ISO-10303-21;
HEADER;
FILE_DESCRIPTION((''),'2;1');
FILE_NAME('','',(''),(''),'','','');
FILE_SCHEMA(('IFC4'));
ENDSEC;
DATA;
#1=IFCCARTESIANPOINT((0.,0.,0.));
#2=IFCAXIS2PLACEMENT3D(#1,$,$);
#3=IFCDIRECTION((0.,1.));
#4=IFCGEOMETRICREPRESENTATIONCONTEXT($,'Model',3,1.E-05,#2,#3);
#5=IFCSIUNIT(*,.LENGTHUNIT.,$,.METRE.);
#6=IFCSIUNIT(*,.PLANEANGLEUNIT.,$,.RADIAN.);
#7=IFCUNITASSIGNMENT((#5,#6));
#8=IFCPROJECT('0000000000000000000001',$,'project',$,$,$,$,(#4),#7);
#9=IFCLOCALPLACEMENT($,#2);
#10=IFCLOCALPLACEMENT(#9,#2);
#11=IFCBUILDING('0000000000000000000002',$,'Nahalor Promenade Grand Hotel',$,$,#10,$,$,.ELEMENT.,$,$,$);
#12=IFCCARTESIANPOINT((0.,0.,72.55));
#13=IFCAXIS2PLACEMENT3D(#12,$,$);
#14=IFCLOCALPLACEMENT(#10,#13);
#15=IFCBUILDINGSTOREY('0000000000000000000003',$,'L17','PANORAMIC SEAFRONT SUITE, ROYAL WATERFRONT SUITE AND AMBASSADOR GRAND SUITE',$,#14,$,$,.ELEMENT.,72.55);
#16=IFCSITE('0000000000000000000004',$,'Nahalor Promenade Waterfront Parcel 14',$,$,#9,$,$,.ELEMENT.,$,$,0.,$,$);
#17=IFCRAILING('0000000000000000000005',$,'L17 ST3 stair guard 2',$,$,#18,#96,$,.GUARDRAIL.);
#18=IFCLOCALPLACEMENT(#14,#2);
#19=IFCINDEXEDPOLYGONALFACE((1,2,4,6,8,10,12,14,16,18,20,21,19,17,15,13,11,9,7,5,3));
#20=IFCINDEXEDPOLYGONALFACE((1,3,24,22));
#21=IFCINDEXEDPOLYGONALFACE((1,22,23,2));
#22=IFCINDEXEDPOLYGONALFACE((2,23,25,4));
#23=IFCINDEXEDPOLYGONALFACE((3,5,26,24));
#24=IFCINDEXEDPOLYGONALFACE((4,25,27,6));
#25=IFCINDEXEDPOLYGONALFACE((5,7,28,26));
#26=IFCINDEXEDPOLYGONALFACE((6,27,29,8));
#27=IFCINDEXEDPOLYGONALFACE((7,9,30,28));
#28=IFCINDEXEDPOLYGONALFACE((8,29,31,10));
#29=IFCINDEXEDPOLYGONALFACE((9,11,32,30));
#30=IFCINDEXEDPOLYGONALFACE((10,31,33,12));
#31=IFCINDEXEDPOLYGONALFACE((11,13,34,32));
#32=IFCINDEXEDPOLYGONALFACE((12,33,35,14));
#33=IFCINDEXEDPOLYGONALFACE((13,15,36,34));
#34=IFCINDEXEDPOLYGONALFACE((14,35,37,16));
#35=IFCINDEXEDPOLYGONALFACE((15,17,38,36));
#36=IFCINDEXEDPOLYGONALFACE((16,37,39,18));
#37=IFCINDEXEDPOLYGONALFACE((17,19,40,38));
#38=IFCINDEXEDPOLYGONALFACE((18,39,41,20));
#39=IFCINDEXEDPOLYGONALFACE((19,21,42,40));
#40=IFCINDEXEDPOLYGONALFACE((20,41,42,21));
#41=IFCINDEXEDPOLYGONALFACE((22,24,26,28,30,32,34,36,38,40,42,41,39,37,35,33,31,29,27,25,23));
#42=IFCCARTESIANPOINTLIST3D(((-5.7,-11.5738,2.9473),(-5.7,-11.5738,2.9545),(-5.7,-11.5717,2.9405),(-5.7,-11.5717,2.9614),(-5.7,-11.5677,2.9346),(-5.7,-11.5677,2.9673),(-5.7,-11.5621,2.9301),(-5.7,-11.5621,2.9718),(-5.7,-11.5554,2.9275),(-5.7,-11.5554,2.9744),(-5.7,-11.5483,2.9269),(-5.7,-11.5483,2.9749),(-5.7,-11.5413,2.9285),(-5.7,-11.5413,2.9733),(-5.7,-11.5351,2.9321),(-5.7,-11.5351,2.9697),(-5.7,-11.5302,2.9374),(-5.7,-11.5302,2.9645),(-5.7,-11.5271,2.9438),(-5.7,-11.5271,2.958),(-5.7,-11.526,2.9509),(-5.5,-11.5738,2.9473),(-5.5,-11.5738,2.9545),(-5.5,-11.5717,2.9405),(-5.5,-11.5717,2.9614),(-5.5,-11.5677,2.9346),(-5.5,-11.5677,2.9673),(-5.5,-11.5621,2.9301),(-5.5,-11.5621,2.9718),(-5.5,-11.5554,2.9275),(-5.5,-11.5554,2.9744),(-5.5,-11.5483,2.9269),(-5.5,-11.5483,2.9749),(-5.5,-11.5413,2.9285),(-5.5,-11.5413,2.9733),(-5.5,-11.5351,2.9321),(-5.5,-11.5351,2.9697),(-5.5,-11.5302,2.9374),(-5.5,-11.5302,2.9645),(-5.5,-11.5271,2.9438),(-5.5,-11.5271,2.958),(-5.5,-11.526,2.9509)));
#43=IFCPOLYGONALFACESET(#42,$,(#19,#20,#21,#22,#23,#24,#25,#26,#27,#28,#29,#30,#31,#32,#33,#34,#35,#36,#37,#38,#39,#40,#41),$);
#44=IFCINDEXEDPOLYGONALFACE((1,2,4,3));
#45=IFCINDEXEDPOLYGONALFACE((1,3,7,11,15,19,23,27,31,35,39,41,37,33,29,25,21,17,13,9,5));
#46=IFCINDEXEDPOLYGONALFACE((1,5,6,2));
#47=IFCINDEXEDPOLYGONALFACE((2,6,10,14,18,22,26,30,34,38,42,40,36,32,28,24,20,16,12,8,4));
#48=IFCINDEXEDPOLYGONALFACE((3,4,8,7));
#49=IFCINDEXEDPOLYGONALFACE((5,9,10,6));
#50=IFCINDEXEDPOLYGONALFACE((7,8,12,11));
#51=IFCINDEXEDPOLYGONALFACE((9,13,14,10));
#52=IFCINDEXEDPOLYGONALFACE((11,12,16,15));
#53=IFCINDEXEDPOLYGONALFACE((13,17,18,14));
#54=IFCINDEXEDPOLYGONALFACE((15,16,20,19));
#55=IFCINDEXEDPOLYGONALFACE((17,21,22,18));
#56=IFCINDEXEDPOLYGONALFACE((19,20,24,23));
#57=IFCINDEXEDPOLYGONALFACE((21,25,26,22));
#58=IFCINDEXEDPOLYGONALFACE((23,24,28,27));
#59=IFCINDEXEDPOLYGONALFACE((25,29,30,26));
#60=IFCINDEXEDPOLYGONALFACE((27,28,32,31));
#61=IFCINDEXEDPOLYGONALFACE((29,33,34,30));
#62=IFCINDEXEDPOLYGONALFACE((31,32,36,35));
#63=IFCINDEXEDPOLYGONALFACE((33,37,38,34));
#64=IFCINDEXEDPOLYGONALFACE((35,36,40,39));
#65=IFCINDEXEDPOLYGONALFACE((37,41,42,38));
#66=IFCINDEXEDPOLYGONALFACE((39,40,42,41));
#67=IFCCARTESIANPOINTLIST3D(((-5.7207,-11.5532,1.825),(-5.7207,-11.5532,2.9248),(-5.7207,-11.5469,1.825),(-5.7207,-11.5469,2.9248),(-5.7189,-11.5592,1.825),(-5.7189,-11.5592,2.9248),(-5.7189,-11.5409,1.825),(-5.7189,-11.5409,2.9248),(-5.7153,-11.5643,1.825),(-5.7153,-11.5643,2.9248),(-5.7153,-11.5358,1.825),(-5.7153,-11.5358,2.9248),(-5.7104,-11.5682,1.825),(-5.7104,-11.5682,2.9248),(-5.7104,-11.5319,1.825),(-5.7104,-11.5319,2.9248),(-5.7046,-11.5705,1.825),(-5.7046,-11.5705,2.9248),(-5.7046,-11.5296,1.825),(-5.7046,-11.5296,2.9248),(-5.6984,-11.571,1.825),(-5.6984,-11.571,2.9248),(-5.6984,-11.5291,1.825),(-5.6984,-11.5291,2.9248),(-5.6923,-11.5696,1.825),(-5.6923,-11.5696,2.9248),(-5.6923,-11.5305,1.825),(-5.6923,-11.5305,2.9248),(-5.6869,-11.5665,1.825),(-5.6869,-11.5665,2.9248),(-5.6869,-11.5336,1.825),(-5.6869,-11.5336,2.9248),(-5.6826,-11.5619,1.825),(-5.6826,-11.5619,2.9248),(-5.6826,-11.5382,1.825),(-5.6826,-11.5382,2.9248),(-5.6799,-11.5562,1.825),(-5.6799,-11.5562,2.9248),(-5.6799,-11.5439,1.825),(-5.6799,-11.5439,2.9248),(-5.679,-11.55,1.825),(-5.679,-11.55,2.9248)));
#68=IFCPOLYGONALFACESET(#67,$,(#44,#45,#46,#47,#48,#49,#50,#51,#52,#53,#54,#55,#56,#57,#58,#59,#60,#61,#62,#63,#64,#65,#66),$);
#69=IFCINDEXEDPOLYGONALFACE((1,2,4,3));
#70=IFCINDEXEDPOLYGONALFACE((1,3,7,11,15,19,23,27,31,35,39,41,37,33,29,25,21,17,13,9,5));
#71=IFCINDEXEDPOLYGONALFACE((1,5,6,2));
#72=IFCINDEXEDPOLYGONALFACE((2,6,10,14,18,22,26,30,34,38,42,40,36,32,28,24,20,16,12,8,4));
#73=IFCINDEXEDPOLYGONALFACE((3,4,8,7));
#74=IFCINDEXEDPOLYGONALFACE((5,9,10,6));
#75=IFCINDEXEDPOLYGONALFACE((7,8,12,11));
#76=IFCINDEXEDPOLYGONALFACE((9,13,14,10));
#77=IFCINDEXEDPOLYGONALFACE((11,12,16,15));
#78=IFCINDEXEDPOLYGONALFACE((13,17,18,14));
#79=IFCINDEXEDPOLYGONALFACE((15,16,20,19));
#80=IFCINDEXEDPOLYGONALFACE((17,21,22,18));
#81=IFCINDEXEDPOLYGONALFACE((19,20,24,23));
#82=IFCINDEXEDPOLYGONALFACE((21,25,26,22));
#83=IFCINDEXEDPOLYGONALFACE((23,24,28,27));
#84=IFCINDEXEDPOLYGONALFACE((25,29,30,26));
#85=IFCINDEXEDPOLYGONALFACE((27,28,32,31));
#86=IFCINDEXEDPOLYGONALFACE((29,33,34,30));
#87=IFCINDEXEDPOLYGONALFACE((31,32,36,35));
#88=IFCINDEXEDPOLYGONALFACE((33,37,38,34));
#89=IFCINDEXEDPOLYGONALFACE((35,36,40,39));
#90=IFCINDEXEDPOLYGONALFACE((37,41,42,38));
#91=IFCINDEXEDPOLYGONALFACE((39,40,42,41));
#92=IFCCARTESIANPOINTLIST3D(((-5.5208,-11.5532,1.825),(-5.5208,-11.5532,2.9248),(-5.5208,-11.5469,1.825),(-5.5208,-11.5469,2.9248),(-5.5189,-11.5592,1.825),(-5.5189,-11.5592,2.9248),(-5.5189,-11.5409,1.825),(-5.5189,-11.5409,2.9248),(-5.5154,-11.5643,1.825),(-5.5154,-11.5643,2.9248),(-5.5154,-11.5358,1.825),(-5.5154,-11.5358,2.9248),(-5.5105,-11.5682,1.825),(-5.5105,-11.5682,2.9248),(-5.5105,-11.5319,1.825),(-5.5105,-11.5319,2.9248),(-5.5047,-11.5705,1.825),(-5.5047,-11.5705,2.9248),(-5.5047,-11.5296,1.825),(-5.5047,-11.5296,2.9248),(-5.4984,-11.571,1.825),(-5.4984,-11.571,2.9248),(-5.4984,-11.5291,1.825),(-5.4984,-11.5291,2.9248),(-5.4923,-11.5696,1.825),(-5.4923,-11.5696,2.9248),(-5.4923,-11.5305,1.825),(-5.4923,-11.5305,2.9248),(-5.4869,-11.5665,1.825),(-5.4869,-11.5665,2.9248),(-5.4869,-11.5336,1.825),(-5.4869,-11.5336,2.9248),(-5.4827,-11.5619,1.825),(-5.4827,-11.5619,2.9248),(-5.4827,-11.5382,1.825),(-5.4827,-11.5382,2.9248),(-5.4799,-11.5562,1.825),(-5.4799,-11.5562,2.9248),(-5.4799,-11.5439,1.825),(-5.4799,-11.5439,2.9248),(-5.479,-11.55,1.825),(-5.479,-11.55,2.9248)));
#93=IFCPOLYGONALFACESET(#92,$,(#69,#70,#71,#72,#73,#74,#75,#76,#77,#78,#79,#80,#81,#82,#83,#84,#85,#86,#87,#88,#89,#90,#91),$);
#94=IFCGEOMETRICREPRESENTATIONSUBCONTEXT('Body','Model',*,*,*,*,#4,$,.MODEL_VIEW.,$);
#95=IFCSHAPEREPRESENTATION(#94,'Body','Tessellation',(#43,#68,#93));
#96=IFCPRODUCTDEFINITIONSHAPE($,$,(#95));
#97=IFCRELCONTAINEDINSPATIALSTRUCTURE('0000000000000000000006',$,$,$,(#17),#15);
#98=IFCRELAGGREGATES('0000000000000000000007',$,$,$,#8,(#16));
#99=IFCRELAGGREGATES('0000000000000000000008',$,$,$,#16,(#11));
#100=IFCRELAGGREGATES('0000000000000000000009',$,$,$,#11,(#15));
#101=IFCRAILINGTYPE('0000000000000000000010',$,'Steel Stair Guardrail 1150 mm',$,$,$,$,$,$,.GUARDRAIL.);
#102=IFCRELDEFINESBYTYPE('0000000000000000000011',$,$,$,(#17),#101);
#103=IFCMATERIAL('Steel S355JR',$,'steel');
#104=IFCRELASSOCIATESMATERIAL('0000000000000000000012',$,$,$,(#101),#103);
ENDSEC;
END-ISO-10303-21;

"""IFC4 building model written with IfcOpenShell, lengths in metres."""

from ifc_helpers import new_model, si_unit, direction, frame, origin, origin_2d, place, context, subcontext, project, spatial, circle, extrude, material, type_object, element, save


model = new_model("IFC4")

# Units and contexts
model_context = context("Model", 3, precision=1e-05, world=origin(), true_north=direction((0.0, 1.0)))
body_context = subcontext(model_context, "Body", "Model", "MODEL_VIEW")
ifc_project = project(units=[si_unit("LENGTHUNIT", "METRE"), si_unit("PLANEANGLEUNIT", "RADIAN")], contexts=[model_context])

# Site, building, storey
site_placement = place(None, origin())
site = spatial("IfcSite", under=ifc_project, at=site_placement, Name="Nahalor Promenade Waterfront Parcel 14", CompositionType="ELEMENT", RefElevation=0.0)
building_placement = place(site_placement, origin())
building = spatial("IfcBuilding", under=site, at=building_placement, Name="Nahalor Promenade Grand Hotel", CompositionType="ELEMENT")
storey_placement = place(building_placement, frame((0.0, 0.0, 72.55)))
storey = spatial("IfcBuildingStorey", under=building, at=storey_placement, Name="L17", Description="PANORAMIC SEAFRONT SUITE, ROYAL WATERFRONT SUITE AND AMBASSADOR GRAND SUITE", CompositionType="ELEMENT", Elevation=72.55)

# Shared definitions
ifc_material_1 = material(Name="Steel S355JR", Category="steel")

# Railing
railing_type_1 = type_object("IfcRailingType", Name="Steel Stair Guardrail 1150 mm", PredefinedType="GUARDRAIL", material=ifc_material_1)
railing_1_placement = place(storey_placement, frame((-5.7, -11.55, 1.825)))
element("IfcRailing", 1, at=railing_1_placement, inside=storey, type_object=railing_type_1, Name="L17 ST3 stair guard 2", PredefinedType="GUARDRAIL", context=body_context, shape_type="SweptSolid", body=[
    extrude(circle(Radius=0.024, at=origin_2d()), frame((0.0, 0.0, 1.126), z_axis=(1.0, 0.0, 0.0), x_axis=(0.0, 1.0, 0.0)), (0.0, 0.0, 1.0), 0.2),
    extrude(circle(Radius=0.021, at=origin_2d()), origin(), (0.0, 0.0, 1.0), 1.0999),
    extrude(circle(Radius=0.021, at=origin_2d()), frame((0.2, 0.0, 0.0)), (0.0, 0.0, 1.0), 1.0999),
])

save(model, "model.ifc")
